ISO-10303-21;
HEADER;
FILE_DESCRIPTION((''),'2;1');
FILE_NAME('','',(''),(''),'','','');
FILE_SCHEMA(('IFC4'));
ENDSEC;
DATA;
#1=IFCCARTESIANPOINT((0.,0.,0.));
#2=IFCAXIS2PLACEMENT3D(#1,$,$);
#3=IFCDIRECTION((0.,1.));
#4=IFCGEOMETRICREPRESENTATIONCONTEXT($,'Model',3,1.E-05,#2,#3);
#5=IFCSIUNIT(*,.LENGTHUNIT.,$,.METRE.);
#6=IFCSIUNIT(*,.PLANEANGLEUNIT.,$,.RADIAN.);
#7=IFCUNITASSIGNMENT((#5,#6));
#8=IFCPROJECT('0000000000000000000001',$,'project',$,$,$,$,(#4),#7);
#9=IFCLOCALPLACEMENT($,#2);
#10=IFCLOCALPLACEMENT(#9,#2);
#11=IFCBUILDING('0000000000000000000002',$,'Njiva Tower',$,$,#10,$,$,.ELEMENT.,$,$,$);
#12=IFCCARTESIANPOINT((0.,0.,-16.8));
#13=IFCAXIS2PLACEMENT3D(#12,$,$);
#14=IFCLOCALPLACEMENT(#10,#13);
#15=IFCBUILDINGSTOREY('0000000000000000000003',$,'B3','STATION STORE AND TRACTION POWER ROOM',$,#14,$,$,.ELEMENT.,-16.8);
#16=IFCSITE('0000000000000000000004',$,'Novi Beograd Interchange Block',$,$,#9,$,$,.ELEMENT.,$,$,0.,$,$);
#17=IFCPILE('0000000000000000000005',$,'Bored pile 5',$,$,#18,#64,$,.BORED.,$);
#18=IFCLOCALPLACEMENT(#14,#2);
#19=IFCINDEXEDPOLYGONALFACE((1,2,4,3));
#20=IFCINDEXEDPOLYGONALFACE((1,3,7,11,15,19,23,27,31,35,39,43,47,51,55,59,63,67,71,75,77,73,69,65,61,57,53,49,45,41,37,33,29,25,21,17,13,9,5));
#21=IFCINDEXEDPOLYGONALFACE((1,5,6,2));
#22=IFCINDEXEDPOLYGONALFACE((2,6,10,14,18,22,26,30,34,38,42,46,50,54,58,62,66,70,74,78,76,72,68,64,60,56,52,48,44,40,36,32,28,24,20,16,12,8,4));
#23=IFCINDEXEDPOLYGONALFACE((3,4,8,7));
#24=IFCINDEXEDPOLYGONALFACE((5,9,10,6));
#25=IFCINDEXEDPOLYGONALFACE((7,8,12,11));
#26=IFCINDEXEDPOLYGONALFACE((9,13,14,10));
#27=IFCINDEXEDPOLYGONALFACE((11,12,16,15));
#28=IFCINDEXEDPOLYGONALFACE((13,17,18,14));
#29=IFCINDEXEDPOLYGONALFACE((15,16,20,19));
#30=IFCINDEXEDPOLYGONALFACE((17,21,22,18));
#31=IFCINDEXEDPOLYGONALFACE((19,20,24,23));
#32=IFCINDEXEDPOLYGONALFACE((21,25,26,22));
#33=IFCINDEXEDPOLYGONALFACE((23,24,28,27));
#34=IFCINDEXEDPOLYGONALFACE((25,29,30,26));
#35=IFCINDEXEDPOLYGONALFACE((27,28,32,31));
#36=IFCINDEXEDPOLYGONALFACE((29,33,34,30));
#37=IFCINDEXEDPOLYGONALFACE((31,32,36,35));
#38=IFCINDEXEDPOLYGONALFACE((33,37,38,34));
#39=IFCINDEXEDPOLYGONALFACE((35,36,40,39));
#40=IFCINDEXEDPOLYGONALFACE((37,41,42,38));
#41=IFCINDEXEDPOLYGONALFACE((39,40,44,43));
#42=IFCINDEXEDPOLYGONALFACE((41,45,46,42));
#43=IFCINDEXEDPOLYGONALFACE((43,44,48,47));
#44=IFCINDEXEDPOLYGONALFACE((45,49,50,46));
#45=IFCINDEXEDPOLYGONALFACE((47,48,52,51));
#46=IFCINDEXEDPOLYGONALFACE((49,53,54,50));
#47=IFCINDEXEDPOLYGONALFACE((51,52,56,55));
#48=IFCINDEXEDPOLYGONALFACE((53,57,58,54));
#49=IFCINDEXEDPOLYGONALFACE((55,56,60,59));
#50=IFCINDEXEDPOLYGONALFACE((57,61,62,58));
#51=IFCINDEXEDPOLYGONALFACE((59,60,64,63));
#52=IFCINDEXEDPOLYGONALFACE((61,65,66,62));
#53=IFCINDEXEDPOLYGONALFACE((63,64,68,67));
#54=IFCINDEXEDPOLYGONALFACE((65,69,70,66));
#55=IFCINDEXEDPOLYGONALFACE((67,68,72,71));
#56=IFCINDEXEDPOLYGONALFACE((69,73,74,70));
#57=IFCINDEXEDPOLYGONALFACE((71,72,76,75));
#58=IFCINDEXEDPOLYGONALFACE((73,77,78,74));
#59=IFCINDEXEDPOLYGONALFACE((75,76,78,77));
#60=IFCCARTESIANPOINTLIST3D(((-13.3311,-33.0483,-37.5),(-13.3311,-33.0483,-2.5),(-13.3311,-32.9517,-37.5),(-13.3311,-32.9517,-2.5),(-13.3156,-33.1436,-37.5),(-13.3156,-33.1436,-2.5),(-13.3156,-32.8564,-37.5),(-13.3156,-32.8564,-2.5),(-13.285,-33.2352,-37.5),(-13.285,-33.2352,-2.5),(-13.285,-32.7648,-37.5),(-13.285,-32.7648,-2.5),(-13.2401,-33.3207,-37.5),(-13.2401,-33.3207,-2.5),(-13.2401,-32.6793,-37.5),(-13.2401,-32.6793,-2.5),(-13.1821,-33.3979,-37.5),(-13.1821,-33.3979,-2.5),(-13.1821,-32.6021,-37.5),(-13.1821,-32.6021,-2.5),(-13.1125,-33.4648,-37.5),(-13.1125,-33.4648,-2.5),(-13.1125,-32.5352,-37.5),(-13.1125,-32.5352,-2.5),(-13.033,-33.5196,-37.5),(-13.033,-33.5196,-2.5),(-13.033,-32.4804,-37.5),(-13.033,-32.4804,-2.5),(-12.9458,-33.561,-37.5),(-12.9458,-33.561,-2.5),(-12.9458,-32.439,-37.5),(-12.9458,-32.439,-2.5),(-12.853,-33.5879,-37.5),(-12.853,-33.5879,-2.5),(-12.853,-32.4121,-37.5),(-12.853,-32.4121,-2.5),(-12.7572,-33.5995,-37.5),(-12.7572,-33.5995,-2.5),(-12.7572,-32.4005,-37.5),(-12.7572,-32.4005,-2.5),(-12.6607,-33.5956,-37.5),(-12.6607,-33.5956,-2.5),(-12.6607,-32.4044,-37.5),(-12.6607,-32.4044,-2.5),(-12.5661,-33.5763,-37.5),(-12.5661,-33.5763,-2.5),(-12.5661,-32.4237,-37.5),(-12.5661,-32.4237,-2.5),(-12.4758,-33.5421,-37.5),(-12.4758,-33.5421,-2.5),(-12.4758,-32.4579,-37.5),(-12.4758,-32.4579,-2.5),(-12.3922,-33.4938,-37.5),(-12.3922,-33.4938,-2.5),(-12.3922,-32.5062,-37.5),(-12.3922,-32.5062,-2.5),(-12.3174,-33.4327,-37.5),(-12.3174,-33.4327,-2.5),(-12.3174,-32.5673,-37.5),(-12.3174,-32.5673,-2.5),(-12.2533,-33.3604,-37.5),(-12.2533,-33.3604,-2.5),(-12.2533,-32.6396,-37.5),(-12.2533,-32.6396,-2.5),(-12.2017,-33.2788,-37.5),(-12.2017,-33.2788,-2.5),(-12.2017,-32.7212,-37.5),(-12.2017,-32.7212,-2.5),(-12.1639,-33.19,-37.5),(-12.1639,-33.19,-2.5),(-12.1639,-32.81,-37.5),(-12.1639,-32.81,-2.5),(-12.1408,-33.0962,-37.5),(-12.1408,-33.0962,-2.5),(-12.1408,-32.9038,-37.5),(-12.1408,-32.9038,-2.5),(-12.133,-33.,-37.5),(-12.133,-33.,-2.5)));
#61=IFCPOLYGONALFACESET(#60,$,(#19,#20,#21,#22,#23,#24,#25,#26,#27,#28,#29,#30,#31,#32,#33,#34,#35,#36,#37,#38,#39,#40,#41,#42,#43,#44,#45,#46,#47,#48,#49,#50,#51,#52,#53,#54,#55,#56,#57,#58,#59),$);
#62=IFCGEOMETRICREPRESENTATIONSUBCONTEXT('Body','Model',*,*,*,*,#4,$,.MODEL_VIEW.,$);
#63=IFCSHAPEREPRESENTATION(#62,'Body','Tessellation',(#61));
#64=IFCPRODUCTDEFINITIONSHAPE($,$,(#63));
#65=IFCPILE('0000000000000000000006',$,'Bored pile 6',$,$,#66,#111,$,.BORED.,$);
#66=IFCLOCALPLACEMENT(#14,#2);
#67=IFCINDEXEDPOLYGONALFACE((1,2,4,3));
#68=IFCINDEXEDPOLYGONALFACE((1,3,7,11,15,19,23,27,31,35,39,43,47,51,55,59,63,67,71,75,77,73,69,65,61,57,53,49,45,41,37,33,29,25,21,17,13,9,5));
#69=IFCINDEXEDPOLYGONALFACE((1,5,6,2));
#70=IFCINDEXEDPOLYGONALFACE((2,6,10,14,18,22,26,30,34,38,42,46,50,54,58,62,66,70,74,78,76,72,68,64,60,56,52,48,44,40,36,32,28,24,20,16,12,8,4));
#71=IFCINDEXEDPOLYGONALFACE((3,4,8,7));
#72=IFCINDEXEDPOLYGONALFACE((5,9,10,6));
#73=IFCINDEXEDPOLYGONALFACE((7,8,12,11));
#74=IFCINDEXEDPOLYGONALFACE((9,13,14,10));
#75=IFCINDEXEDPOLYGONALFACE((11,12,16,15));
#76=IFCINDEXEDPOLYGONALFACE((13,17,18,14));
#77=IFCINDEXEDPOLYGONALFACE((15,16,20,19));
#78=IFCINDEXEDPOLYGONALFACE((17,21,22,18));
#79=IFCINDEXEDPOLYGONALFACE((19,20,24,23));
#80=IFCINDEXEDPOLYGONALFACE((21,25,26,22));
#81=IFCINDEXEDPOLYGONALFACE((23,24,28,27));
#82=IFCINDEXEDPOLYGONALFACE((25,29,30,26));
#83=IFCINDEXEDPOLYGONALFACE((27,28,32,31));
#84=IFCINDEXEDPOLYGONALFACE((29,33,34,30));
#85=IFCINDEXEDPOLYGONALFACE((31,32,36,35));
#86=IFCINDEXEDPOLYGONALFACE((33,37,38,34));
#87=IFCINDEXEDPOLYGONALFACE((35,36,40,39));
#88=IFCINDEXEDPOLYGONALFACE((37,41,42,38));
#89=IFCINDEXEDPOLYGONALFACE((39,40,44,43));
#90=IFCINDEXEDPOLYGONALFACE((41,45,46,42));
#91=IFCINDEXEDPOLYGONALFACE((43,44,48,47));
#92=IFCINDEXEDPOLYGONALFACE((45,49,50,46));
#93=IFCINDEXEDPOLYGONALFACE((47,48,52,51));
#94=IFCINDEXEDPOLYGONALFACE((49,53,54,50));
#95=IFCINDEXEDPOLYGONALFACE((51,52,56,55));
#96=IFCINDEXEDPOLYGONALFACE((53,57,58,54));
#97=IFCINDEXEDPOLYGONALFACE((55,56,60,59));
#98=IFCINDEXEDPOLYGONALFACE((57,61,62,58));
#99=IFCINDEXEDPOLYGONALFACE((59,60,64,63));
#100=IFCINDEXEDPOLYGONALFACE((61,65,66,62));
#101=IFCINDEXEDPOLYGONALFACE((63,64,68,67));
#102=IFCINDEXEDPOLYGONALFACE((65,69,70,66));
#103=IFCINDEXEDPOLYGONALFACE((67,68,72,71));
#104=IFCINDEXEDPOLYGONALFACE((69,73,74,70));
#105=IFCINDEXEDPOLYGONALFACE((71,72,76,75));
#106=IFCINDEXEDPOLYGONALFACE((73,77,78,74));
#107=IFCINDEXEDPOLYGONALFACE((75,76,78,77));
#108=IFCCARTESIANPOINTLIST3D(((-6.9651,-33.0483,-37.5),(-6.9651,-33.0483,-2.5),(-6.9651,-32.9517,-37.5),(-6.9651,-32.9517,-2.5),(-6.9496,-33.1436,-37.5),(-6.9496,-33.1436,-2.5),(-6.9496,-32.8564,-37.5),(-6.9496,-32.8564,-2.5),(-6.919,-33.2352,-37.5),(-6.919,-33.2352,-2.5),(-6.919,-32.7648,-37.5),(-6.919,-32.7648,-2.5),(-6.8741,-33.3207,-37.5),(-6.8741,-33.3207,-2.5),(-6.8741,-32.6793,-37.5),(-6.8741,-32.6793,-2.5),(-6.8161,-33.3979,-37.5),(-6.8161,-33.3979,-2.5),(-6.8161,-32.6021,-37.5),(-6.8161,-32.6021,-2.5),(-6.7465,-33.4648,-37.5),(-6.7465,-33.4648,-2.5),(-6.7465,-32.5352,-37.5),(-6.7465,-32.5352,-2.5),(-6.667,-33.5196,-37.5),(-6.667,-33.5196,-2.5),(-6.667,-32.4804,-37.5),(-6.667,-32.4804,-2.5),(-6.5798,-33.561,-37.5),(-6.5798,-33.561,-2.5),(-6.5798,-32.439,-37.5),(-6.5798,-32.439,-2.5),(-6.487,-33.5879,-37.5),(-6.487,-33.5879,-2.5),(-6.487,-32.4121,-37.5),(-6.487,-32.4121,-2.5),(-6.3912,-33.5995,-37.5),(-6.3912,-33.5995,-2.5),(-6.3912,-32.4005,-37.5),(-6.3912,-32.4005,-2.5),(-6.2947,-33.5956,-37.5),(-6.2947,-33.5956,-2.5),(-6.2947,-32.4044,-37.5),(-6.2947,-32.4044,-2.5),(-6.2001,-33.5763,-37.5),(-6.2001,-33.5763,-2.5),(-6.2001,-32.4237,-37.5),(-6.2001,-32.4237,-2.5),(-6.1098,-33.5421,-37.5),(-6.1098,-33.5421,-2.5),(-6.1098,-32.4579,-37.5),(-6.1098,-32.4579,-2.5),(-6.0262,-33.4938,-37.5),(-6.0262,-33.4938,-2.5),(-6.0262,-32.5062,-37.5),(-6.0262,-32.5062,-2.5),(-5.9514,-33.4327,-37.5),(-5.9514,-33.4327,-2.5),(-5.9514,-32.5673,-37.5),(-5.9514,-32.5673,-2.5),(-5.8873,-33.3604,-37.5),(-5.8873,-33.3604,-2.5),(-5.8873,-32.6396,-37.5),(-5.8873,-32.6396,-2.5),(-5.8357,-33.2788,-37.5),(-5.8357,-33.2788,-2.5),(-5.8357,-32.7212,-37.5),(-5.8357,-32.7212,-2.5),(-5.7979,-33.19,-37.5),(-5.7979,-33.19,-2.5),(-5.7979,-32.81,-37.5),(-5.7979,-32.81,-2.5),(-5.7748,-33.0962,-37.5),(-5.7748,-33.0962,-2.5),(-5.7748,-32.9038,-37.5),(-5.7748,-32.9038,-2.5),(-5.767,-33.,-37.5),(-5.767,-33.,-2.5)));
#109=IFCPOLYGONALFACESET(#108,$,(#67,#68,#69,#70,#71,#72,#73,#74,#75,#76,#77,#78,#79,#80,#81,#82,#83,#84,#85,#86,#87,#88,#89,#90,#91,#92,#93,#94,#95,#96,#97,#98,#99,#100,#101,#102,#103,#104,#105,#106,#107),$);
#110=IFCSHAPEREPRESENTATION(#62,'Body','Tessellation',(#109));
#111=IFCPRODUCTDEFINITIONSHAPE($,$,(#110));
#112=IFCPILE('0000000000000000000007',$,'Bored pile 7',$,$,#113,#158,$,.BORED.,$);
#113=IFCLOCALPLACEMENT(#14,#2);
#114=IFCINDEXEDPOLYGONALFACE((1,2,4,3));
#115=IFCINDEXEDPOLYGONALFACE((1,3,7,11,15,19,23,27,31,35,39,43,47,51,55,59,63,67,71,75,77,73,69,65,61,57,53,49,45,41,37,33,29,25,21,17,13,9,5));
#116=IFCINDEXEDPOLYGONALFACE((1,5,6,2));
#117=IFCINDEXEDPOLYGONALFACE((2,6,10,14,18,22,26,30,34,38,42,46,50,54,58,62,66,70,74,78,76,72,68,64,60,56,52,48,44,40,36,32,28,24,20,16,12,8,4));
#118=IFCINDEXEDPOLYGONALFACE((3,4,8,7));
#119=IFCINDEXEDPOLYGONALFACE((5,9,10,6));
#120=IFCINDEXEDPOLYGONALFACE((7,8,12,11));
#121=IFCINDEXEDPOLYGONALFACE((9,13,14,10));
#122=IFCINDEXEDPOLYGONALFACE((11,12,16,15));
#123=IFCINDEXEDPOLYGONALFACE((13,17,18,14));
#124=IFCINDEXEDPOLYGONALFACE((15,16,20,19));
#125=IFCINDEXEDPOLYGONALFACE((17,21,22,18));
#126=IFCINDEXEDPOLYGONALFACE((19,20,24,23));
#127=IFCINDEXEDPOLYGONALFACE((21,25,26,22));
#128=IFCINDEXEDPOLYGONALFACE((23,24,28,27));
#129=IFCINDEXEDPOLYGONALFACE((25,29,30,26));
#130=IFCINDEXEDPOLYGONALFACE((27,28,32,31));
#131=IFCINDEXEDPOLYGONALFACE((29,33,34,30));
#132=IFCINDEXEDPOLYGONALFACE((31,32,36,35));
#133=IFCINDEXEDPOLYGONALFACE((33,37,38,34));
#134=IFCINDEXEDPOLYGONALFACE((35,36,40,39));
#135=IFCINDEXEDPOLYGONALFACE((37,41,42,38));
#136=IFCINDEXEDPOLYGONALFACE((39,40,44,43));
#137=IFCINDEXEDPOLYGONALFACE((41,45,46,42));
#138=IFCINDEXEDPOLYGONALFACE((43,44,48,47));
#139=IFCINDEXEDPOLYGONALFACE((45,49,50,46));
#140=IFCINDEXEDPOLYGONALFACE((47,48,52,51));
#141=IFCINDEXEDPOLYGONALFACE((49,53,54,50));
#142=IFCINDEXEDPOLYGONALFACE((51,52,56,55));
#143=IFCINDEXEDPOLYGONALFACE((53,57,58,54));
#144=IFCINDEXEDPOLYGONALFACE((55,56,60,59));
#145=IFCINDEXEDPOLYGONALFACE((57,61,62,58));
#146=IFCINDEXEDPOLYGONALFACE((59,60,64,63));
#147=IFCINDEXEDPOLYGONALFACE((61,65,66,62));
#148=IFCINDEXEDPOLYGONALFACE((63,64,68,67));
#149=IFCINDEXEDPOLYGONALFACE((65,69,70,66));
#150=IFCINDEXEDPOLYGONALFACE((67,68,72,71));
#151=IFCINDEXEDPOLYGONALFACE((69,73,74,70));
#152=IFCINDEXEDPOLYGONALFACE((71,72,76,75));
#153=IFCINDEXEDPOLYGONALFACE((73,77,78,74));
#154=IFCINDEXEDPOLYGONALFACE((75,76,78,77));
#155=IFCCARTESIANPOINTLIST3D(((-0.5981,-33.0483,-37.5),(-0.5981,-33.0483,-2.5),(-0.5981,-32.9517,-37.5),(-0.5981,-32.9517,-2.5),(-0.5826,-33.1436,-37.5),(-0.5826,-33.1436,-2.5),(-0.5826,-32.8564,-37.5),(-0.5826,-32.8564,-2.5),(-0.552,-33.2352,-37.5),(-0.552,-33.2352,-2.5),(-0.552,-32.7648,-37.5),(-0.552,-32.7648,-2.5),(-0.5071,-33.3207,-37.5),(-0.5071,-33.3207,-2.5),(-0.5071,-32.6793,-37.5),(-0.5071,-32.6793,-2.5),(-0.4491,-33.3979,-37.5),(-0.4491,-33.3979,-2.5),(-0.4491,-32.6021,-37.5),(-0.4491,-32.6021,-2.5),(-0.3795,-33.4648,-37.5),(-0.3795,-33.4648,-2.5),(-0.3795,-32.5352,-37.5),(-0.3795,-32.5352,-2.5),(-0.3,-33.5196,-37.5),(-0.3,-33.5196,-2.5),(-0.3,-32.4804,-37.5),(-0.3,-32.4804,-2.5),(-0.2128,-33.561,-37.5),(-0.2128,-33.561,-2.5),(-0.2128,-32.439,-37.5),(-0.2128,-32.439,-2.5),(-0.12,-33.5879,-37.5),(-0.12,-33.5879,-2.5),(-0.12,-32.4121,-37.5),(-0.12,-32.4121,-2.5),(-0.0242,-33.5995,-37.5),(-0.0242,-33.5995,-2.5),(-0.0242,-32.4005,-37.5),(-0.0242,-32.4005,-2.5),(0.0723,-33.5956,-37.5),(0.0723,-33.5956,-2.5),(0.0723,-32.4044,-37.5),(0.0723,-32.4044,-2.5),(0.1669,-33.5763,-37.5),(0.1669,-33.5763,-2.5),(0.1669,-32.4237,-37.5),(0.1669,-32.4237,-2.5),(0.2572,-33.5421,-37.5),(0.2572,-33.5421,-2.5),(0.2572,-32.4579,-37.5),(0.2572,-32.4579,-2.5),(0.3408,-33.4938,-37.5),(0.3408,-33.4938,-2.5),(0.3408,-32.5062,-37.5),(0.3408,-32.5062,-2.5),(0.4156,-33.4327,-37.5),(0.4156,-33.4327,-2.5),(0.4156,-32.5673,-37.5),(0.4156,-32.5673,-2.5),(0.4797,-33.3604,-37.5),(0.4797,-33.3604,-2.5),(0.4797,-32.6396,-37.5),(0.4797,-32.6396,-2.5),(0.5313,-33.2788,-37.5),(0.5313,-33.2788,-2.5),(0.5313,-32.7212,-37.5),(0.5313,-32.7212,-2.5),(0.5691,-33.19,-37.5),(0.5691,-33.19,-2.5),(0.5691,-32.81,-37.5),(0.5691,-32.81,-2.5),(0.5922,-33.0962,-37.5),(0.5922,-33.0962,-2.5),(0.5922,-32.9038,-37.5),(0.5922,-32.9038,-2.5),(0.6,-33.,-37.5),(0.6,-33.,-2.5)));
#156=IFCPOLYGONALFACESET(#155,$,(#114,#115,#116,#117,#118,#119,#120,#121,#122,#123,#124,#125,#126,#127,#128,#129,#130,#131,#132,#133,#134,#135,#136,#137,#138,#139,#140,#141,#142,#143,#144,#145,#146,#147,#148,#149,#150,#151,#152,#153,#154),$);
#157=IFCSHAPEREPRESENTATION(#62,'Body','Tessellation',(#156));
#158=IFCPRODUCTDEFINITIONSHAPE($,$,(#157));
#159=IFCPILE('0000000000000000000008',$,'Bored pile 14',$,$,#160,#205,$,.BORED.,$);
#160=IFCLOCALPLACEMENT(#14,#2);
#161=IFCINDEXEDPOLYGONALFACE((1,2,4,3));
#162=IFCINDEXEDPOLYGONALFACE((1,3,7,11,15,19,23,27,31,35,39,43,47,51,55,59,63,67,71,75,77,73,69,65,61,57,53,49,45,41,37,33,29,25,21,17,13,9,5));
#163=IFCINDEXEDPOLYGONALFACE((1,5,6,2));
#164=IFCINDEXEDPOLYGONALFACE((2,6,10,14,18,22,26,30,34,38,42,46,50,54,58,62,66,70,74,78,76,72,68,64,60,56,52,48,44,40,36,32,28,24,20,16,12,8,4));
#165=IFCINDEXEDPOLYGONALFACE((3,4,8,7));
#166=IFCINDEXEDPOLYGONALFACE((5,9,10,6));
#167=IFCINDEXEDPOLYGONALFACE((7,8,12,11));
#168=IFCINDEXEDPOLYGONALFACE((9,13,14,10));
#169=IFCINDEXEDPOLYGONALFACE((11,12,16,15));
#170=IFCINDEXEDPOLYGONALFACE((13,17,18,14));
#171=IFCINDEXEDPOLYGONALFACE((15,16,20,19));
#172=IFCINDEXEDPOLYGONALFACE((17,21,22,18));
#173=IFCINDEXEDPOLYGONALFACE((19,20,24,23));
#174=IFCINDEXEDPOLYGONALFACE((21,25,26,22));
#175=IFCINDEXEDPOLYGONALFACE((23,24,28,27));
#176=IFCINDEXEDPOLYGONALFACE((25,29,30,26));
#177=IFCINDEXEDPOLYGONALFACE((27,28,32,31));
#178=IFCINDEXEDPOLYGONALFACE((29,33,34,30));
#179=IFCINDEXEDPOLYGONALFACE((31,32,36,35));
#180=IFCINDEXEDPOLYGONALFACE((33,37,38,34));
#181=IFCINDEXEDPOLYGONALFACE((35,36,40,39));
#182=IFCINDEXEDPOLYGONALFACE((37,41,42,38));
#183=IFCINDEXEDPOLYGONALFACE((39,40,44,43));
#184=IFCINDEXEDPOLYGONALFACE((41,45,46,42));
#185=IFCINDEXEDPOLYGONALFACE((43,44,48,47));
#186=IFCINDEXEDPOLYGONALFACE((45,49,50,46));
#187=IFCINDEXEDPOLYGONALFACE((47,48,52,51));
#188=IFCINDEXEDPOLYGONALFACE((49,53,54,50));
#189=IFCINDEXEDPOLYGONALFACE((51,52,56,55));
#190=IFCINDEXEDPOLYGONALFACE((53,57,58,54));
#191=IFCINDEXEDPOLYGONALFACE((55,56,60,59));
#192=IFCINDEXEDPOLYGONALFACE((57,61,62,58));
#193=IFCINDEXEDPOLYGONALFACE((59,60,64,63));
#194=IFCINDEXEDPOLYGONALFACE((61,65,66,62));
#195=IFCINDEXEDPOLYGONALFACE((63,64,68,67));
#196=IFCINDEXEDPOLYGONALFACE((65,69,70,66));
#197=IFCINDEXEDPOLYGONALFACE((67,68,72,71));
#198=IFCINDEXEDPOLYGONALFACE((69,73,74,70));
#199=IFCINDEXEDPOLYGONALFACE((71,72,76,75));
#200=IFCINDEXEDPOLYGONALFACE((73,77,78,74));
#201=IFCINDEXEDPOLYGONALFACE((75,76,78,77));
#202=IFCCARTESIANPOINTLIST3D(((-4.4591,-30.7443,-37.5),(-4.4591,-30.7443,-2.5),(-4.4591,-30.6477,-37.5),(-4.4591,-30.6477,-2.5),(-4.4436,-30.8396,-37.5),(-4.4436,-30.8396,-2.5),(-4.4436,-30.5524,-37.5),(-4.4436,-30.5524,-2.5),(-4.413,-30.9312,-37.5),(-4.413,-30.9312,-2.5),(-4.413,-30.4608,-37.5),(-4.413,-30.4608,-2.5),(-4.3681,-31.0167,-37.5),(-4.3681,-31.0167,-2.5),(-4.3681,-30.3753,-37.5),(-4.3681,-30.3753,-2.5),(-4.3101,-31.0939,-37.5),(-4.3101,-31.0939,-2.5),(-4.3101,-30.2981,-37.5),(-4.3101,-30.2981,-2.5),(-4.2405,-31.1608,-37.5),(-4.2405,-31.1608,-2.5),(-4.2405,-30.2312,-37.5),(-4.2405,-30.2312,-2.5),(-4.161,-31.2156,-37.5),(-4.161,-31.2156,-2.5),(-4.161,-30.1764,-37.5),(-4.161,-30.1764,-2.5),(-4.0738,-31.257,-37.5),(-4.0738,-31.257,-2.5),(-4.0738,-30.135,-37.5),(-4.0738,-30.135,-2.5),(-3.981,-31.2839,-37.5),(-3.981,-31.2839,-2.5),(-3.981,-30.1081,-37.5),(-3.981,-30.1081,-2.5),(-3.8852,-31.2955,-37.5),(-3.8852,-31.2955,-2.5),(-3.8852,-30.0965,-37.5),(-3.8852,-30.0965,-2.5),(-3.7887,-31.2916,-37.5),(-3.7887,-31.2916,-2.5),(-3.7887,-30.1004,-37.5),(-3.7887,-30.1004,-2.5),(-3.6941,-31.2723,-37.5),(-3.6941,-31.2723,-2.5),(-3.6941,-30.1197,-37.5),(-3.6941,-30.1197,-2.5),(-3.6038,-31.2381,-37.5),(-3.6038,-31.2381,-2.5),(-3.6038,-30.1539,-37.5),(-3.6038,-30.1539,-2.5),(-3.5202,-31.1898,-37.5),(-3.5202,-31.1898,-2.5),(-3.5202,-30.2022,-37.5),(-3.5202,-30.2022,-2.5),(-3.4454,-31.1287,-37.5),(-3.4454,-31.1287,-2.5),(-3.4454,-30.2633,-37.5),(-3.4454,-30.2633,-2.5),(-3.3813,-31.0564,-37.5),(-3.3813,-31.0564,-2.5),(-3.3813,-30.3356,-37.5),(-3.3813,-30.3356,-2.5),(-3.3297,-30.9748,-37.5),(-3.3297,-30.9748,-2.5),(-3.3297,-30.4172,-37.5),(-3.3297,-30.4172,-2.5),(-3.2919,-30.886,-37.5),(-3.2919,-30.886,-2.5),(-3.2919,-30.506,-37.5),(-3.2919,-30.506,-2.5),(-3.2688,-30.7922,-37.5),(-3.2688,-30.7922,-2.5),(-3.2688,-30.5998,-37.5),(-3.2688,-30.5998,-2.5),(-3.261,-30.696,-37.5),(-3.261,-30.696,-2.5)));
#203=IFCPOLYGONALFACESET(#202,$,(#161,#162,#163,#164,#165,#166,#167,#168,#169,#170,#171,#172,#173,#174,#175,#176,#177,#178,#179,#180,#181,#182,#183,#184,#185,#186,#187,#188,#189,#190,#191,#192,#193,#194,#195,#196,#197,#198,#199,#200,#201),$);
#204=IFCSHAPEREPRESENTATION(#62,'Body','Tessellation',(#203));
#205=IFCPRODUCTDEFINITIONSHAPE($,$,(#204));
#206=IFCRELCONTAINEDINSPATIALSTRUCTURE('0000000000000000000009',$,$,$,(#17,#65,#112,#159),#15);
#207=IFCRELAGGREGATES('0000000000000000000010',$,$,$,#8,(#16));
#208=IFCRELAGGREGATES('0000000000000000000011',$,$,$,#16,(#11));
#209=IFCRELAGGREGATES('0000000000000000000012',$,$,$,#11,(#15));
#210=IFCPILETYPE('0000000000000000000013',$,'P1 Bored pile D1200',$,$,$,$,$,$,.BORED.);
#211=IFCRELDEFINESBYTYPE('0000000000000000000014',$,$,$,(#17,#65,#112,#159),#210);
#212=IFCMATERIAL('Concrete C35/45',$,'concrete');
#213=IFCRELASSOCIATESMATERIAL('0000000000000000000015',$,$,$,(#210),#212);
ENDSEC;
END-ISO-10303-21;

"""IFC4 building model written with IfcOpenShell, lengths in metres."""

from ifc_helpers import new_model, si_unit, direction, frame, origin, origin_2d, place, context, subcontext, project, spatial, circle, extrude, material, material_profile, profile_set, type_object, element, save


model = new_model("IFC4")

# Units and contexts
model_context = context("Model", 3, precision=1e-05, world=origin(), true_north=direction((0.0, 1.0)))
body_context = subcontext(model_context, "Body", "Model", "MODEL_VIEW")
ifc_project = project(units=[si_unit("LENGTHUNIT", "METRE"), si_unit("PLANEANGLEUNIT", "RADIAN")], contexts=[model_context])

# Site, building, storey
site_placement = place(None, origin())
site = spatial("IfcSite", under=ifc_project, at=site_placement, Name="Novi Beograd Interchange Block", CompositionType="ELEMENT", RefElevation=0.0)
building_placement = place(site_placement, origin())
building = spatial("IfcBuilding", under=site, at=building_placement, Name="Njiva Tower", CompositionType="ELEMENT")
storey_placement = place(building_placement, frame((0.0, 0.0, -16.8)))
storey = spatial("IfcBuildingStorey", under=building, at=storey_placement, Name="B3", Description="STATION STORE AND TRACTION POWER ROOM", CompositionType="ELEMENT", Elevation=-16.8)

# Piles
ifc_material_1 = material(Name="Concrete C35/45", Category="concrete")
ifc_material_profile_1 = material_profile(ifc_material_1, circle(Radius=0.6, at=origin_2d()), Name="D1200")
ifc_profile_set_1 = profile_set([ifc_material_profile_1], Name="Concrete C35/45")
pile_type = type_object("IfcPileType", Name="P1 Bored pile D1200", PredefinedType="BORED", material=ifc_profile_set_1)
for number, where, z_axis, x_axis, name in (
    (1, (-12.733, -33.0, -2.5), (0.0, 0.0, -1.0), (1.0, 0.0, 0.0), "Bored pile 5"),
    (2, (-6.367, -33.0, -2.5), (0.0, 0.0, -1.0), (1.0, 0.0, 0.0), "Bored pile 6"),
    (3, (0.0, -33.0, -2.5), (0.0, 0.0, -1.0), (1.0, 0.0, 0.0), "Bored pile 7"),
    (4, (-3.861, -30.696, -2.5), (0.0, 0.0, -1.0), (1.0, 0.0, 0.0), "Bored pile 14"),
):
    element("IfcPile", number, at=place(storey_placement, frame(where, z_axis=z_axis, x_axis=x_axis)), inside=storey, type_object=pile_type, Name=name, PredefinedType="BORED", context=body_context, shape_type="SweptSolid", body=[
        extrude(circle(Radius=0.6, at=origin_2d()), origin(), (0.0, 0.0, 1.0), 35.0),
    ])

save(model, "model.ifc")
